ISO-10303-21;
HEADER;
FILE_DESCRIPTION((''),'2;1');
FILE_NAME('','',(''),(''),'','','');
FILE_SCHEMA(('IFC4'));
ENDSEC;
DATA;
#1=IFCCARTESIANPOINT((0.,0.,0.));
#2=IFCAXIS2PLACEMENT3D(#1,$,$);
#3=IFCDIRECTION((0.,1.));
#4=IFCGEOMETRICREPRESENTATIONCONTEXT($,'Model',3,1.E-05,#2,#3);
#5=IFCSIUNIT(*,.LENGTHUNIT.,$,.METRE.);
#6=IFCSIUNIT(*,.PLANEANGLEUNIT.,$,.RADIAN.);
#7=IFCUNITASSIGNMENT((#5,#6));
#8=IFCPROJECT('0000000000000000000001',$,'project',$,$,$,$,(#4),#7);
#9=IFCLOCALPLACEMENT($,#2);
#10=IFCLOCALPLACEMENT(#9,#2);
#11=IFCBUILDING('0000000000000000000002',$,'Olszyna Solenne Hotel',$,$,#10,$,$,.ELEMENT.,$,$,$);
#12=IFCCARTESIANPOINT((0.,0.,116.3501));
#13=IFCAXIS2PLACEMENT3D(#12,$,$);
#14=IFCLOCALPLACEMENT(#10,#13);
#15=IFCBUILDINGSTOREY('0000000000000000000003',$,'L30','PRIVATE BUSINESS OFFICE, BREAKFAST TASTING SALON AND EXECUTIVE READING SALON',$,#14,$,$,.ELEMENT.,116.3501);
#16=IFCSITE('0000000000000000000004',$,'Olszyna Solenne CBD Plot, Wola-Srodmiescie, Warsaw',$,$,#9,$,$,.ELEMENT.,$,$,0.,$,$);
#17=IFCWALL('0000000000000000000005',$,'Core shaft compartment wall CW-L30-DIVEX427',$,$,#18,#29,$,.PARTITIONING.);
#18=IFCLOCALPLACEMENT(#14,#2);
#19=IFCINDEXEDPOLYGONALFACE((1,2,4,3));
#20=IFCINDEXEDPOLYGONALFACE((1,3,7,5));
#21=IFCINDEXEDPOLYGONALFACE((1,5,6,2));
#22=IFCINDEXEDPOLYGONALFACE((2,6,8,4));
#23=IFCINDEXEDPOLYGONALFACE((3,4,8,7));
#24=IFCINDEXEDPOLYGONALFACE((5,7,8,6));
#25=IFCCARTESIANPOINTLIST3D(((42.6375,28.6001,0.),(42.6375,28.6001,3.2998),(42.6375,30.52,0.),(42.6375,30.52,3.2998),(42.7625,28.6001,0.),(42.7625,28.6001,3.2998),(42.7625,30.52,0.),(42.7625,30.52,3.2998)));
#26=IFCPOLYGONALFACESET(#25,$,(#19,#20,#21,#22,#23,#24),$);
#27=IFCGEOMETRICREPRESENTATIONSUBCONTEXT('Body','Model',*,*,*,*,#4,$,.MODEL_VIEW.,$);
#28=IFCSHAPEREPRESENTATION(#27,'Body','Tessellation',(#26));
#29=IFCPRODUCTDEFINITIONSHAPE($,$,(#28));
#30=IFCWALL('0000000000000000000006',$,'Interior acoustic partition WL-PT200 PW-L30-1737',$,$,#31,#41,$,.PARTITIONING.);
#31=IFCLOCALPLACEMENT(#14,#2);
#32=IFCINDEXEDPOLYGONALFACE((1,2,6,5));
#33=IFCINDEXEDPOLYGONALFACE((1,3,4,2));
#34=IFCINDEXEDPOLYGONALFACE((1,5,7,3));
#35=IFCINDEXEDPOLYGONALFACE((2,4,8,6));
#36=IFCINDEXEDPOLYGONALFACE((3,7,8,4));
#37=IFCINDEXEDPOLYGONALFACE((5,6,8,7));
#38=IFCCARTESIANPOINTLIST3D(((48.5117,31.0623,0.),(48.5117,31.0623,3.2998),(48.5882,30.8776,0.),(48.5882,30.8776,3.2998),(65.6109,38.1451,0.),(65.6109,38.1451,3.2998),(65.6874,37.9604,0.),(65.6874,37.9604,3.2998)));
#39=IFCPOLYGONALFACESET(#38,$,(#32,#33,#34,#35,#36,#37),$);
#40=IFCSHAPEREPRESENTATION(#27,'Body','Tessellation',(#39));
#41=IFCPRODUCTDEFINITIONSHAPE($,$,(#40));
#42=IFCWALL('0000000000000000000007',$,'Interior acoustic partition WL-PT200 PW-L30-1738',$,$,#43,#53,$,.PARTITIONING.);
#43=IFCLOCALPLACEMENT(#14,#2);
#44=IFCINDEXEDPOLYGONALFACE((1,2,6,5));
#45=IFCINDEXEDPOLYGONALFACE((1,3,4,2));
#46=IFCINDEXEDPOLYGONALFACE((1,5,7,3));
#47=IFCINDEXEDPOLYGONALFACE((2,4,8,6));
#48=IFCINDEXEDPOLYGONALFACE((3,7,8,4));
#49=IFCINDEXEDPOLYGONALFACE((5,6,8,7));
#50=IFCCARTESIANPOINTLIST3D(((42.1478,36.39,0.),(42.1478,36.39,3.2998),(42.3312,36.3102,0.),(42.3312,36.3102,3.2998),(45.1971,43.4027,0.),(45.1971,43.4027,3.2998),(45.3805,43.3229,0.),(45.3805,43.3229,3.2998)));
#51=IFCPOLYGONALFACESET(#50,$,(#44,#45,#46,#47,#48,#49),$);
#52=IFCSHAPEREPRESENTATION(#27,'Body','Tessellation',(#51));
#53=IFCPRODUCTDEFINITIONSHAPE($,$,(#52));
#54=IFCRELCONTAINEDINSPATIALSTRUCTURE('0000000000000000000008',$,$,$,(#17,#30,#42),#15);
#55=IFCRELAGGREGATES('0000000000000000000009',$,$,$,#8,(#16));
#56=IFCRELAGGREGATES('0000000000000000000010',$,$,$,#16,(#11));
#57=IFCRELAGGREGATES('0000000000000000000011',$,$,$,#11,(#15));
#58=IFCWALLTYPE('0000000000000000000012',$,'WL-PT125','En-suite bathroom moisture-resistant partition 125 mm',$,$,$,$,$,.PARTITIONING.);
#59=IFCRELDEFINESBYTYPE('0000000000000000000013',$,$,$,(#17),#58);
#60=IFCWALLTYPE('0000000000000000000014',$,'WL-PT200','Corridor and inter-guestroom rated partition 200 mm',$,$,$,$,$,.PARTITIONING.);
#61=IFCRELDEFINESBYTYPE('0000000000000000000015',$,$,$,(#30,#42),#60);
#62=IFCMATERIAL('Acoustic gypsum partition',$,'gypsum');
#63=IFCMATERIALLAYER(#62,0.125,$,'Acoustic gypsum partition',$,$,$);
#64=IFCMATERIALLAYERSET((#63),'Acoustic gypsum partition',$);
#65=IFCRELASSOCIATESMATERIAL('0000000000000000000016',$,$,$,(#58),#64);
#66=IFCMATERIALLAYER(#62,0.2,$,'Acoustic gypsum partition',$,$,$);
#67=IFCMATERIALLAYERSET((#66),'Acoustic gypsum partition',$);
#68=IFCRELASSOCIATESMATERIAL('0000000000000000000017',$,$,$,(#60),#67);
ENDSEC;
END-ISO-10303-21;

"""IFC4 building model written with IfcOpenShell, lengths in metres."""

from ifc_helpers import new_model, si_unit, direction, frame, frame_2d, origin, place, context, subcontext, project, spatial, rectangle, extrude, material, layer, layer_set, type_object, element, save


model = new_model("IFC4")

# Units and contexts
model_context = context("Model", 3, precision=1e-05, world=origin(), true_north=direction((0.0, 1.0)))
body_context = subcontext(model_context, "Body", "Model", "MODEL_VIEW")
ifc_project = project(units=[si_unit("LENGTHUNIT", "METRE"), si_unit("PLANEANGLEUNIT", "RADIAN")], contexts=[model_context])

# Site, building, storey
site_placement = place(None, origin())
site = spatial("IfcSite", under=ifc_project, at=site_placement, Name="Olszyna Solenne CBD Plot, Wola-Srodmiescie, Warsaw", CompositionType="ELEMENT", RefElevation=0.0)
building_placement = place(site_placement, origin())
building = spatial("IfcBuilding", under=site, at=building_placement, Name="Olszyna Solenne Hotel", CompositionType="ELEMENT")
storey_placement = place(building_placement, frame((0.0, 0.0, 116.3501)))
storey = spatial("IfcBuildingStorey", under=building, at=storey_placement, Name="L30", Description="PRIVATE BUSINESS OFFICE, BREAKFAST TASTING SALON AND EXECUTIVE READING SALON", CompositionType="ELEMENT", Elevation=116.3501)

# Walls
ifc_material_1 = material(Name="Acoustic gypsum partition", Category="gypsum")
ifc_layer_1 = layer(ifc_material_1, 0.125, Name="Acoustic gypsum partition")
ifc_layer_set_1 = layer_set([ifc_layer_1], Name="Acoustic gypsum partition")
wall_type_1 = type_object("IfcWallType", Name="WL-PT125", Description="En-suite bathroom moisture-resistant partition 125 mm", PredefinedType="PARTITIONING", material=ifc_layer_set_1)
wall_1_placement = place(storey_placement, frame((42.7, 28.6001, 0.0), z_axis=(0.0, 0.0, 1.0), x_axis=(0.0, 1.0, 0.0)))
element("IfcWall", 1, at=wall_1_placement, inside=storey, type_object=wall_type_1, Name="Core shaft compartment wall CW-L30-DIVEX427", PredefinedType="PARTITIONING", context=body_context, shape_type="SweptSolid", body=[
    extrude(rectangle(XDim=1.9199, YDim=0.125, at=frame_2d((0.96, 0.0))), origin(), (0.0, 0.0, 1.0), 3.2998),
])
ifc_layer_2 = layer(ifc_material_1, 0.2, Name="Acoustic gypsum partition")
ifc_layer_set_2 = layer_set([ifc_layer_2], Name="Acoustic gypsum partition")
wall_type_2 = type_object("IfcWallType", Name="WL-PT200", Description="Corridor and inter-guestroom rated partition 200 mm", PredefinedType="PARTITIONING", material=ifc_layer_set_2)
wall_2_placement = place(storey_placement, frame((48.55, 30.97, 0.0), z_axis=(0.0, 0.0, 1.0), x_axis=(0.923878, 0.382687, 0.0)))
element("IfcWall", 2, at=wall_2_placement, inside=storey, type_object=wall_type_2, Name="Interior acoustic partition WL-PT200 PW-L30-1737", PredefinedType="PARTITIONING", context=body_context, shape_type="SweptSolid", body=[
    extrude(rectangle(XDim=18.5081, YDim=0.2, at=frame_2d((9.2539, 0.0))), origin(), (0.0, 0.0, 1.0), 3.2998),
])
wall_3_placement = place(storey_placement, frame((42.2395, 36.3501, 0.0), z_axis=(0.0, 0.0, 1.0), x_axis=(0.398761, 0.917055, 0.0)))
element("IfcWall", 3, at=wall_3_placement, inside=storey, type_object=wall_type_2, Name="Interior acoustic partition WL-PT200 PW-L30-1738", PredefinedType="PARTITIONING", context=body_context, shape_type="SweptSolid", body=[
    extrude(rectangle(XDim=7.647, YDim=0.2, at=frame_2d((3.8235, 0.0))), origin(), (0.0, 0.0, 1.0), 3.2998),
])

save(model, "model.ifc")
